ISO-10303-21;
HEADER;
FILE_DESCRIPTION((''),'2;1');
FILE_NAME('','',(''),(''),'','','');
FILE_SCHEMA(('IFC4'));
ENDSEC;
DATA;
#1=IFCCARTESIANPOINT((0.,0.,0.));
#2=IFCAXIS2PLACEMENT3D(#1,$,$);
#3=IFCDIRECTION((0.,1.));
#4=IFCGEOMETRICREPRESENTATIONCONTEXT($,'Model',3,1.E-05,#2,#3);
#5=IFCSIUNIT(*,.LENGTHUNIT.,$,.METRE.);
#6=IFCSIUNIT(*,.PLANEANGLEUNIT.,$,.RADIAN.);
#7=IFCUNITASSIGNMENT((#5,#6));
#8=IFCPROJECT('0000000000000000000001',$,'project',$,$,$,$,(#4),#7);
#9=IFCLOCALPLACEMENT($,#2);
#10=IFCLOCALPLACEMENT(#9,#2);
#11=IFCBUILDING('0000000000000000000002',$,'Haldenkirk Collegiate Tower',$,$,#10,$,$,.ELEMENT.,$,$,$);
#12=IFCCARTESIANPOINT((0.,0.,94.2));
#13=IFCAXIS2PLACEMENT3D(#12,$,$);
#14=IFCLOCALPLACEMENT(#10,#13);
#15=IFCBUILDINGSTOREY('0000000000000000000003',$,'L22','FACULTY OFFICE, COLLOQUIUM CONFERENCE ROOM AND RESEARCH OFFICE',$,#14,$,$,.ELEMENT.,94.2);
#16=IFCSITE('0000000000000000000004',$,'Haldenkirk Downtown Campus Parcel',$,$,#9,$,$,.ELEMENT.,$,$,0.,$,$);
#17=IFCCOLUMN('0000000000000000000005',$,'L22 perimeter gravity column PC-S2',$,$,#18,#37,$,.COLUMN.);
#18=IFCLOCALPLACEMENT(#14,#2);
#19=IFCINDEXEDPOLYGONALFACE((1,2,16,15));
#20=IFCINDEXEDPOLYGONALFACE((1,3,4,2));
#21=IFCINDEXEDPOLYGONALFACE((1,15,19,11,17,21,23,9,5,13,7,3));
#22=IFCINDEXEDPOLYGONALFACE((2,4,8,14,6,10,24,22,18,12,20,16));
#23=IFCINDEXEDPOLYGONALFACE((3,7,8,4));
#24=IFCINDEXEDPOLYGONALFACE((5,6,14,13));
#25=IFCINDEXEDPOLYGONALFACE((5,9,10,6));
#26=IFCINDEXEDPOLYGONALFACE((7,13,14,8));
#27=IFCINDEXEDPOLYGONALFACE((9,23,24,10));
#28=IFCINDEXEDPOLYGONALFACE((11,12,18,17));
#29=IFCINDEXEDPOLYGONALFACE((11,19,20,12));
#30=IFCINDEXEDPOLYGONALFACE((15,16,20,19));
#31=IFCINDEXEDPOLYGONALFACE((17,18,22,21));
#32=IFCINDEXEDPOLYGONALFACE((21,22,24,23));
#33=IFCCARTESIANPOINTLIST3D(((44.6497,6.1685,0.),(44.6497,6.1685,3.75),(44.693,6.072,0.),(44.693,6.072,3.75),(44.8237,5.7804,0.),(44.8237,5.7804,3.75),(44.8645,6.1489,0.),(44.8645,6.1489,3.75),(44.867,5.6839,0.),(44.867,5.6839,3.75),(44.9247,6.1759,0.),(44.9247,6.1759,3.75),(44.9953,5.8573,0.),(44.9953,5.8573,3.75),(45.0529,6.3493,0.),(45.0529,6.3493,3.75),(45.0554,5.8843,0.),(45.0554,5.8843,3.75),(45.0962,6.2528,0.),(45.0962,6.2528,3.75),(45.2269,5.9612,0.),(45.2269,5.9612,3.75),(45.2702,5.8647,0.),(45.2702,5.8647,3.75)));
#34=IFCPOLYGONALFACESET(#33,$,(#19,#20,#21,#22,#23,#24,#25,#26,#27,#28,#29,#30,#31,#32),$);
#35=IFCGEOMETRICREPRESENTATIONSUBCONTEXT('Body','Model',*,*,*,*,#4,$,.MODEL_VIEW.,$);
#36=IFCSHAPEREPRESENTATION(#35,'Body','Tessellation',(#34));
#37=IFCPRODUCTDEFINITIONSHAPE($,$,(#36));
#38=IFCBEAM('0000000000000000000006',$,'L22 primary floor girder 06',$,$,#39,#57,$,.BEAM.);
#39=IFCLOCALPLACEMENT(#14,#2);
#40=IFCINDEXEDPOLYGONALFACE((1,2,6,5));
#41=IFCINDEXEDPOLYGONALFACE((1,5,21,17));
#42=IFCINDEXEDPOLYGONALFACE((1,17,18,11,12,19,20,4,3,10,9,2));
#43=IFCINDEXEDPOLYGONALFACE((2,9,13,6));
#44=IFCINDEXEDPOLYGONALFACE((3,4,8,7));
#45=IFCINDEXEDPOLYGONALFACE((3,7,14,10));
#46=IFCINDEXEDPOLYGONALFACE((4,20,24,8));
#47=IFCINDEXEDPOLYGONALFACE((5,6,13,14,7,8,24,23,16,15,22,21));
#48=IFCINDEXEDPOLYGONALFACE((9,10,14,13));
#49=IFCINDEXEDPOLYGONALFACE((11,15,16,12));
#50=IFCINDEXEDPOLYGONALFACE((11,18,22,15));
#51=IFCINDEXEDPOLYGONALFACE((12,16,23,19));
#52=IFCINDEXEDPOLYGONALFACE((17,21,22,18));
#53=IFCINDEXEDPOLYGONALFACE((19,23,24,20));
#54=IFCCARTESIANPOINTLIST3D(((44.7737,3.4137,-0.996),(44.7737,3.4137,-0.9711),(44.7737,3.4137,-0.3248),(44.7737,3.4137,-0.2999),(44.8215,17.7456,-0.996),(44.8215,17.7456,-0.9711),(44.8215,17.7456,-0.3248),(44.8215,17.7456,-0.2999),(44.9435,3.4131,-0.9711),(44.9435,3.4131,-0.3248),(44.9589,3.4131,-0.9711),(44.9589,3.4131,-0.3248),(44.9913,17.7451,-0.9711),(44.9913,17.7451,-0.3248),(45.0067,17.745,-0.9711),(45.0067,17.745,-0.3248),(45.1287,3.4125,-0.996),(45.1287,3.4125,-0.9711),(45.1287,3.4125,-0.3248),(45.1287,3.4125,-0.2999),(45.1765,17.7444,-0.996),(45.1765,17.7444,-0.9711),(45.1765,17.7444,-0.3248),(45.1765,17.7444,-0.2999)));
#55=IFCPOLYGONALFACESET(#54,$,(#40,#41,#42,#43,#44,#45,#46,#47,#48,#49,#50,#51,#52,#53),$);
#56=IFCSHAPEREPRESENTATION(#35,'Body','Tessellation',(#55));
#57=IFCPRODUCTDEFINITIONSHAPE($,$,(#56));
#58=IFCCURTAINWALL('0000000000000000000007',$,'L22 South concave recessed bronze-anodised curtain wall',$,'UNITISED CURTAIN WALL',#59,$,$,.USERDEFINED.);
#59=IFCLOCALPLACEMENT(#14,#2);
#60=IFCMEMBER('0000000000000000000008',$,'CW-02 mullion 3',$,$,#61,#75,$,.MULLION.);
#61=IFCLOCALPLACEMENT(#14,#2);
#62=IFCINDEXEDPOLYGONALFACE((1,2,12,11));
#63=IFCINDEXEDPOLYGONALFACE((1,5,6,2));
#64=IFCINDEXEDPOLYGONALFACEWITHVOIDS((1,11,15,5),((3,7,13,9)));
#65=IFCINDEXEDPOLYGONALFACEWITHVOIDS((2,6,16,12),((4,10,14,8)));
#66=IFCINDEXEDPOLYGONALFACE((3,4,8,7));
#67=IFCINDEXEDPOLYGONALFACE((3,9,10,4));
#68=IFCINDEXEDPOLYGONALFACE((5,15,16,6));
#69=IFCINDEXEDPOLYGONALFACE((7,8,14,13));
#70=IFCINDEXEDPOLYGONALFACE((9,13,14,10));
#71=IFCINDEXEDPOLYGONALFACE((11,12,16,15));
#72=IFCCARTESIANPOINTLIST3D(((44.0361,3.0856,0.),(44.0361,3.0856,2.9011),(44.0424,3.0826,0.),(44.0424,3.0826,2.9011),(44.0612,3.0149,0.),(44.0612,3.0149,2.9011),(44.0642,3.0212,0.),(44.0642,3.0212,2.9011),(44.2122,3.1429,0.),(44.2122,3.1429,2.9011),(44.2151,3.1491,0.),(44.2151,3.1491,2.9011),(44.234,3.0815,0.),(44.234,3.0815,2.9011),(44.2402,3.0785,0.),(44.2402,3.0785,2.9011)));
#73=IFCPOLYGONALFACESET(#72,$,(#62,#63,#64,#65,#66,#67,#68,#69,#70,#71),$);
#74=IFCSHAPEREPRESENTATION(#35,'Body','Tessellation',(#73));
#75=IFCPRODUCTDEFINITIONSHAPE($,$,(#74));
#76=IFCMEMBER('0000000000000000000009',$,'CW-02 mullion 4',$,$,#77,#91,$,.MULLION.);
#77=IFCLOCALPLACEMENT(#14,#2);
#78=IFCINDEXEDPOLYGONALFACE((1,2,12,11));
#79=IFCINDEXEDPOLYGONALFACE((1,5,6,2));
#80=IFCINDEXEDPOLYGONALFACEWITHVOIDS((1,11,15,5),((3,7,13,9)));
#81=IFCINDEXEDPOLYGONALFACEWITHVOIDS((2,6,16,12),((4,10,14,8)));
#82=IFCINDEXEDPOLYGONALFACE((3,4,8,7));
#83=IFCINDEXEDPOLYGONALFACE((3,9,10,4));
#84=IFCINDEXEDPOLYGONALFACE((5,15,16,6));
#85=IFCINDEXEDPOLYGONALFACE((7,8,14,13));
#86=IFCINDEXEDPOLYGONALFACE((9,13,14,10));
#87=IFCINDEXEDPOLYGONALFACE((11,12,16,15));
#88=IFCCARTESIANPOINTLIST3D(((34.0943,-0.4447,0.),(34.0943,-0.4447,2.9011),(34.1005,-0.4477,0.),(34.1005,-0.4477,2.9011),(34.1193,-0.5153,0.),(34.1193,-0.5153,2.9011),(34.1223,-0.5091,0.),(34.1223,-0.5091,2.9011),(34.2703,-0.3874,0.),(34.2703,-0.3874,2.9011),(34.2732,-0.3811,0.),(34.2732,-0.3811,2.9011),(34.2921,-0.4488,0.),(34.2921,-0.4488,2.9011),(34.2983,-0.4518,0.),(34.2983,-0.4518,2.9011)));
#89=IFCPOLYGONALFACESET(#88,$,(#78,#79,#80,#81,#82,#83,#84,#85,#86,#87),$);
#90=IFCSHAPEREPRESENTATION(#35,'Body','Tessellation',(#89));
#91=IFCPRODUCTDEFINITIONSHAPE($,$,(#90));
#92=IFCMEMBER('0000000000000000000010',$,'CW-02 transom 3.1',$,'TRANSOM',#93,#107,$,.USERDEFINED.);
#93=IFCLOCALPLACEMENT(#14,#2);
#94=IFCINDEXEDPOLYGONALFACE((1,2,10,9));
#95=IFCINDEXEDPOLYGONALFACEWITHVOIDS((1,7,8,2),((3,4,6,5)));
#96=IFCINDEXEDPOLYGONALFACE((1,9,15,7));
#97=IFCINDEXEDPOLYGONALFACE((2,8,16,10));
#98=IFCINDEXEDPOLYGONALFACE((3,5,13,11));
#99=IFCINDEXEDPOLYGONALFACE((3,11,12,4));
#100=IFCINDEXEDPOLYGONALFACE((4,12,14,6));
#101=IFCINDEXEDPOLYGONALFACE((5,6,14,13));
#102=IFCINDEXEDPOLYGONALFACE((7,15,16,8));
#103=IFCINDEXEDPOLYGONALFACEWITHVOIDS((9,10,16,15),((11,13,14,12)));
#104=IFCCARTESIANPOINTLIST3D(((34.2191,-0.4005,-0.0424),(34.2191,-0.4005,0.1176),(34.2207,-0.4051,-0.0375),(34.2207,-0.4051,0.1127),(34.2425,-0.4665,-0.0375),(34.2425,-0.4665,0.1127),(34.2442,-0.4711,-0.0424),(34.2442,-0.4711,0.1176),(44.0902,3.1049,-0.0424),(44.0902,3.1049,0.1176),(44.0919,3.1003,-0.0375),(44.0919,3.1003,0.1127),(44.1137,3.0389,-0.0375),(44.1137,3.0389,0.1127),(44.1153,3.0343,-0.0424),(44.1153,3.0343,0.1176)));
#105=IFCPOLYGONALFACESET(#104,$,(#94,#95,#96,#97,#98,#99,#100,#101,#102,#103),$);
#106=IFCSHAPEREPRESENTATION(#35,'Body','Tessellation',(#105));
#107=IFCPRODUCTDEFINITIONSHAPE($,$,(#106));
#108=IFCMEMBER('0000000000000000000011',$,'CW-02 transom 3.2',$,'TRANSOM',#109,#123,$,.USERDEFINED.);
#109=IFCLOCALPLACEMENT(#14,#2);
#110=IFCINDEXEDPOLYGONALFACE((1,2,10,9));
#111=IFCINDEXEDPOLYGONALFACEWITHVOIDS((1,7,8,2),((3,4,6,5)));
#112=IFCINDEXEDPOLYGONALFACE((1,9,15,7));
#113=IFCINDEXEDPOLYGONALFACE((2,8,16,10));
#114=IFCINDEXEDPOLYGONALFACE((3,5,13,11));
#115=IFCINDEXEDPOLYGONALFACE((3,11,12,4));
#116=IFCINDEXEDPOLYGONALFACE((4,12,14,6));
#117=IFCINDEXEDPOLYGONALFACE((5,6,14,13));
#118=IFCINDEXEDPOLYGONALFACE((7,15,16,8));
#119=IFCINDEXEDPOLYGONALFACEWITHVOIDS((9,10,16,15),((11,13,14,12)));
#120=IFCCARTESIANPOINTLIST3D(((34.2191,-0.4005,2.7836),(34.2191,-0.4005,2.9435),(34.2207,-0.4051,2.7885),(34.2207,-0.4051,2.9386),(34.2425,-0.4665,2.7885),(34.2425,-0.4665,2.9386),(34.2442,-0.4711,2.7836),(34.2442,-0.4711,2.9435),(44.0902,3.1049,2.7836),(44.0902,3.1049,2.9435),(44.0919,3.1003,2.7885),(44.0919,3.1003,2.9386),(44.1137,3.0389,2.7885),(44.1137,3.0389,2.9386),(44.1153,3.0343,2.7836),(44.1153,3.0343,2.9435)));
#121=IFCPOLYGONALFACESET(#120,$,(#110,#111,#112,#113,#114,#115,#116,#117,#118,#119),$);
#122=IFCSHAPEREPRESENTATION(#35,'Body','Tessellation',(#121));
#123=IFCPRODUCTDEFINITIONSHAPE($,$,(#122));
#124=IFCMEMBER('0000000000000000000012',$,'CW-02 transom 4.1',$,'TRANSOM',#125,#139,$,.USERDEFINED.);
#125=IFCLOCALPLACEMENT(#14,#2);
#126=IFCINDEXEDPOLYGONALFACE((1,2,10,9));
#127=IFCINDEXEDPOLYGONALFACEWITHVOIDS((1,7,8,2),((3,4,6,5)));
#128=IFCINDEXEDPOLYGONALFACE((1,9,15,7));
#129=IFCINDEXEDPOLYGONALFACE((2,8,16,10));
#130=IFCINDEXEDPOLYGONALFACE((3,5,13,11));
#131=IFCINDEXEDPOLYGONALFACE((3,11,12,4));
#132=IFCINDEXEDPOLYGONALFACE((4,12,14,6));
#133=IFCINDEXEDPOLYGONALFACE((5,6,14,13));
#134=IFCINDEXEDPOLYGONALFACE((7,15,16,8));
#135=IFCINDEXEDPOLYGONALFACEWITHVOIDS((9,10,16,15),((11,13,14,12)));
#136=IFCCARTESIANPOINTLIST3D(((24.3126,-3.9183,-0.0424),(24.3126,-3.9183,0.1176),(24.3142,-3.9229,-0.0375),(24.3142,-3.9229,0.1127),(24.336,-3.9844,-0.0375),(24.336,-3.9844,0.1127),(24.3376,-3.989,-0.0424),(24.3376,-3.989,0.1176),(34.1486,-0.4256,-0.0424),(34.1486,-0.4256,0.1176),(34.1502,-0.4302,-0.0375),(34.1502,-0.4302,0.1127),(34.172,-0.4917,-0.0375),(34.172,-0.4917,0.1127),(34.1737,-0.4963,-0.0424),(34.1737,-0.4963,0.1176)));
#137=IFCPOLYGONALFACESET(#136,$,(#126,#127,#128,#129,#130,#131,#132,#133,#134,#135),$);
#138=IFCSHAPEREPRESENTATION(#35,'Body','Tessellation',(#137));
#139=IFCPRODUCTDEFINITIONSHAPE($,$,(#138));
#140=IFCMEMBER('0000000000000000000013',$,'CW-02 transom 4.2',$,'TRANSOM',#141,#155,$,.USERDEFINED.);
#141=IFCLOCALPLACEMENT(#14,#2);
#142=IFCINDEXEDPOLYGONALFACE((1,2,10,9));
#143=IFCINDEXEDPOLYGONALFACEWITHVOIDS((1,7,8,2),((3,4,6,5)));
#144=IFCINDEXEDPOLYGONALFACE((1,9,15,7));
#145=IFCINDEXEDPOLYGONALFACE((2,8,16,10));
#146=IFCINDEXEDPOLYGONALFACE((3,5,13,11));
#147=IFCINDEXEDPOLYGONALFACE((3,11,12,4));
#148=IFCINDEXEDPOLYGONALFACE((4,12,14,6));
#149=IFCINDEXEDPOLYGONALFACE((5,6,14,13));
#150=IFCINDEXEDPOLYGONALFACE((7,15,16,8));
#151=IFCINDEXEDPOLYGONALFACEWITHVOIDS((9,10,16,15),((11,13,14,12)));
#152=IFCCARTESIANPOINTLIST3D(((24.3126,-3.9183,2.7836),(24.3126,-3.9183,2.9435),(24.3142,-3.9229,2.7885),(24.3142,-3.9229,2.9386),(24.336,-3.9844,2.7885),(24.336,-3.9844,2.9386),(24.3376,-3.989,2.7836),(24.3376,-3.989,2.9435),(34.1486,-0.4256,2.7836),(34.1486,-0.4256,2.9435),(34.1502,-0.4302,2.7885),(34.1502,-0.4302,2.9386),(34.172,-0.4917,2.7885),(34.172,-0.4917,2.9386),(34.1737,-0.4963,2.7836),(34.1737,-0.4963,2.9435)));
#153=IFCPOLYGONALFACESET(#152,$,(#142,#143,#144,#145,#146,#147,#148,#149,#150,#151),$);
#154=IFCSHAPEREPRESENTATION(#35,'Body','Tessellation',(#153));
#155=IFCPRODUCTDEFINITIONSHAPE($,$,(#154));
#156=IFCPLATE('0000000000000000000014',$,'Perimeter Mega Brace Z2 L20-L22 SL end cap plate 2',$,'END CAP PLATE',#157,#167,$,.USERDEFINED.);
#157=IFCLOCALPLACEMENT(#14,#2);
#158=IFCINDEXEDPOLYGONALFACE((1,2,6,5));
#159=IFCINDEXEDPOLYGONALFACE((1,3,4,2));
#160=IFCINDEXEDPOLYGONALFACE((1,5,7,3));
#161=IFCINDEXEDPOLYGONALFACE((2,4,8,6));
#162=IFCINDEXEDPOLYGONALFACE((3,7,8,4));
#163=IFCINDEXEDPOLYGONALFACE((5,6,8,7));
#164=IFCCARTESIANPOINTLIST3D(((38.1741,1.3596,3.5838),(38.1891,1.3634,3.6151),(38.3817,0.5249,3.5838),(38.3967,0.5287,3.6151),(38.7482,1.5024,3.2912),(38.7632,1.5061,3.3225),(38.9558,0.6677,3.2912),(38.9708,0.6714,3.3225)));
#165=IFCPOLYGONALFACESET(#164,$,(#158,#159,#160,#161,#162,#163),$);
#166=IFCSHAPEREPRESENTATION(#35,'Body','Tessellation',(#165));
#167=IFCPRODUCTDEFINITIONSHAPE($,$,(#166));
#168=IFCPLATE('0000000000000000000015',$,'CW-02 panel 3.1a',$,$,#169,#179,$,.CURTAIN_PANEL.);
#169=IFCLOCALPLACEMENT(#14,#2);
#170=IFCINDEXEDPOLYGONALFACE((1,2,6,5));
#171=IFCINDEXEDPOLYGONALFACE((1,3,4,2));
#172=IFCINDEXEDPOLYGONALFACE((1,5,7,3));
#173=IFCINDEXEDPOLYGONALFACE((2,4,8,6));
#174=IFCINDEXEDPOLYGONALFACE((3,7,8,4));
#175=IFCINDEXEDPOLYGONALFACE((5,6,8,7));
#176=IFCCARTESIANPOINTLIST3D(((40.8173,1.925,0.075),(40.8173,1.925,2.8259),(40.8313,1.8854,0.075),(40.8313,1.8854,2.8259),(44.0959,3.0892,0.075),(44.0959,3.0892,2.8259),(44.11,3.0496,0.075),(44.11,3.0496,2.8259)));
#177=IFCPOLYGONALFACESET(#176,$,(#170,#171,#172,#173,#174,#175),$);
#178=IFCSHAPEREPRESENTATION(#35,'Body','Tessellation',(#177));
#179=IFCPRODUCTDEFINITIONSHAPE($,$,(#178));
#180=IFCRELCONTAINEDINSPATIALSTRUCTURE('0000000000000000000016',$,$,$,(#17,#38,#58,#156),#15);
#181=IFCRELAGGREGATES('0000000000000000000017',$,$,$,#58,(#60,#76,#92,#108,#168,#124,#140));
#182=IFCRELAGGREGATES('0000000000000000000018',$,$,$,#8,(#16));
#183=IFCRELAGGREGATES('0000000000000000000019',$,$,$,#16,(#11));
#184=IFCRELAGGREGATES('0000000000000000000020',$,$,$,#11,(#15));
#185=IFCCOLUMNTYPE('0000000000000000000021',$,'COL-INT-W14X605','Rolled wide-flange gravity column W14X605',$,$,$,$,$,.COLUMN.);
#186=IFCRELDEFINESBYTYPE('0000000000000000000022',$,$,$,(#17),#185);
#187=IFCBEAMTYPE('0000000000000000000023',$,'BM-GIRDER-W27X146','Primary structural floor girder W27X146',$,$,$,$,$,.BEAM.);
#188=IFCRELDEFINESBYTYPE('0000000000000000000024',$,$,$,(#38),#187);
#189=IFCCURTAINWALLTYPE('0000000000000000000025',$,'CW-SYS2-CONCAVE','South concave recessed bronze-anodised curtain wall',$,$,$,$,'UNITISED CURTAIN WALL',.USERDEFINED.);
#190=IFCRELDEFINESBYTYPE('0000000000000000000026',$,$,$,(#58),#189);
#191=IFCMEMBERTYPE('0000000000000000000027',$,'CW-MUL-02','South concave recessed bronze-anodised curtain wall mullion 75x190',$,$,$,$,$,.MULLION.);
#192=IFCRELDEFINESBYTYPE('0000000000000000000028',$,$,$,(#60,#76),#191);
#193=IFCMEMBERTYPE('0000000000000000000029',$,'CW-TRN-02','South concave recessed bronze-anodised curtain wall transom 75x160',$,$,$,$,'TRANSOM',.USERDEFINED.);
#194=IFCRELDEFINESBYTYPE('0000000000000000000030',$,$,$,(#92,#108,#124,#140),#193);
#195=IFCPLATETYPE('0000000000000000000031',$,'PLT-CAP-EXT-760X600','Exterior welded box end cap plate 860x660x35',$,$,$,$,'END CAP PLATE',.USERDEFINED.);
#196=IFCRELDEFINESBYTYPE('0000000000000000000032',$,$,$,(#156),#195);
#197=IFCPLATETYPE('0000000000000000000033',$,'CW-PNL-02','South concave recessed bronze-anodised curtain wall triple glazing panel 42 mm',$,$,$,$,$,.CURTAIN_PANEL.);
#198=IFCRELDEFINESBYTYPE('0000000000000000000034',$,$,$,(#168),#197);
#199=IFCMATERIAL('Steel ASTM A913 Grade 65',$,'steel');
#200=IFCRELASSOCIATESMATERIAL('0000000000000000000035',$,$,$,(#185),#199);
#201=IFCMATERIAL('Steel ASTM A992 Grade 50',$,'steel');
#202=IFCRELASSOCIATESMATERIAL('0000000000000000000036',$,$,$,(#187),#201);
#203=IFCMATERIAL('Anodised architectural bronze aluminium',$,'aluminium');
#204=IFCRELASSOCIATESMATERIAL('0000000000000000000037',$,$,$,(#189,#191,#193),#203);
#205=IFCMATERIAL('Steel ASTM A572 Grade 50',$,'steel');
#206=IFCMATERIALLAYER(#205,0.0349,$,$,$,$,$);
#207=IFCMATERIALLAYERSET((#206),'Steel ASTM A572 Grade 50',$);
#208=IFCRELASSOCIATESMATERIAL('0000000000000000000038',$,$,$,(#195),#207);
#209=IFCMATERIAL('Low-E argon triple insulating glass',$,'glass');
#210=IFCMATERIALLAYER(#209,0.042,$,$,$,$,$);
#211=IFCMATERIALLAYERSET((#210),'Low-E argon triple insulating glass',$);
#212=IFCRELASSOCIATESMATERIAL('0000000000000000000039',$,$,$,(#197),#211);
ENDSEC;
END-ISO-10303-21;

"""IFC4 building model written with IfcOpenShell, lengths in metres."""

from ifc_helpers import new_model, si_unit, direction, frame, origin, origin_2d, place, context, subcontext, project, spatial, rectangle, hollow_rectangle, i_section, extrude, source, transform, mapped, material, layer, layer_set, material_profile, profile_set, type_object, element, aggregate, save


model = new_model("IFC4")

# Units and contexts
model_context = context("Model", 3, precision=1e-05, world=origin(), true_north=direction((0.0, 1.0)))
body_context = subcontext(model_context, "Body", "Model", "MODEL_VIEW")
ifc_project = project(units=[si_unit("LENGTHUNIT", "METRE"), si_unit("PLANEANGLEUNIT", "RADIAN")], contexts=[model_context])

# Site, building, storey
site_placement = place(None, origin())
site = spatial("IfcSite", under=ifc_project, at=site_placement, Name="Haldenkirk Downtown Campus Parcel", CompositionType="ELEMENT", RefElevation=0.0)
building_placement = place(site_placement, origin())
building = spatial("IfcBuilding", under=site, at=building_placement, Name="Haldenkirk Collegiate Tower", CompositionType="ELEMENT")
storey_placement = place(building_placement, frame((0.0, 0.0, 94.2)))
storey = spatial("IfcBuildingStorey", under=building, at=storey_placement, Name="L22", Description="FACULTY OFFICE, COLLOQUIUM CONFERENCE ROOM AND RESEARCH OFFICE", CompositionType="ELEMENT", Elevation=94.2)

# Column
ifc_material_1 = material(Name="Steel ASTM A913 Grade 65", Category="steel")
ifc_material_profile_1 = material_profile(ifc_material_1, i_section(OverallWidth=0.4419, OverallDepth=0.531, WebThickness=0.0659, FlangeThickness=0.1057, at=origin_2d()), Name="W14X605")
ifc_profile_set_1 = profile_set([ifc_material_profile_1], Name="Steel ASTM A913 Grade 65")
column_type = type_object("IfcColumnType", Name="COL-INT-W14X605", Description="Rolled wide-flange gravity column W14X605", PredefinedType="COLUMN", material=ifc_profile_set_1)
column_placement = place(storey_placement, frame((44.96, 6.0166, 0.0), z_axis=(0.0, 0.0, 1.0), x_axis=(0.912477, 0.409127, 0.0)))
element("IfcColumn", 1, at=column_placement, inside=storey, type_object=column_type, Name="L22 perimeter gravity column PC-S2", PredefinedType="COLUMN", context=body_context, shape_type="SweptSolid", body=[
    extrude(i_section(OverallWidth=0.4419, OverallDepth=0.531, WebThickness=0.0659, FlangeThickness=0.1057, at=origin_2d()), origin(), (0.0, 0.0, 1.0), 3.75),
])

# Beam
ifc_material_2 = material(Name="Steel ASTM A992 Grade 50", Category="steel")
ifc_material_profile_2 = material_profile(ifc_material_2, i_section(OverallWidth=0.355, OverallDepth=0.696, WebThickness=0.0154, FlangeThickness=0.0249, at=origin_2d()), Name="W27X146")
ifc_profile_set_2 = profile_set([ifc_material_profile_2], Name="Steel ASTM A992 Grade 50")
beam_type = type_object("IfcBeamType", Name="BM-GIRDER-W27X146", Description="Primary structural floor girder W27X146", PredefinedType="BEAM", material=ifc_profile_set_2)
beam_placement = place(storey_placement, frame((44.9512, 3.4131, -0.6479), z_axis=(0.003339, 0.999994, 0.0), x_axis=(-0.999994, 0.003339, 0.0)))
element("IfcBeam", 2, at=beam_placement, inside=storey, type_object=beam_type, Name="L22 primary floor girder 06", PredefinedType="BEAM", context=body_context, shape_type="SweptSolid", body=[
    extrude(i_section(OverallWidth=0.355, OverallDepth=0.696, WebThickness=0.0154, FlangeThickness=0.0249, at=origin_2d()), origin(), (0.0, 0.0, 1.0), 14.332),
])

# Curtain wall, members
ifc_material_3 = material(Name="Anodised architectural bronze aluminium", Category="aluminium")
curtain_wall_type = type_object("IfcCurtainWallType", Name="CW-SYS2-CONCAVE", Description="South concave recessed bronze-anodised curtain wall", ElementType="UNITISED CURTAIN WALL", PredefinedType="USERDEFINED", material=ifc_material_3)
curtain_wall_placement = place(storey_placement, origin())
curtain_wall = element("IfcCurtainWall", 3, at=curtain_wall_placement, inside=storey, type_object=curtain_wall_type, Name="L22 South concave recessed bronze-anodised curtain wall", ObjectType="UNITISED CURTAIN WALL", PredefinedType="USERDEFINED")
ifc_material_profile_3 = material_profile(ifc_material_3, hollow_rectangle(XDim=0.075, YDim=0.1899, WallThickness=0.0049, at=origin_2d()), Name="CW-MUL-02")
ifc_profile_set_3 = profile_set([ifc_material_profile_3], Name="Anodised architectural bronze aluminium")
member_type_1 = type_object("IfcMemberType", Name="CW-MUL-02", Description="South concave recessed bronze-anodised curtain wall mullion 75x190", PredefinedType="MULLION", material=ifc_profile_set_3)
member_1_placement = place(storey_placement, frame((44.1382, 3.082, 0.0), z_axis=(0.0, 0.0, 1.0), x_axis=(0.334628, -0.94235, 0.0)))
member_1 = element("IfcMember", 4, at=member_1_placement, type_object=member_type_1, Name="CW-02 mullion 3", PredefinedType="MULLION", context=body_context, shape_type="SweptSolid", body=[
    extrude(hollow_rectangle(XDim=0.075, YDim=0.1899, WallThickness=0.0049, at=origin_2d()), origin(), (0.0, 0.0, 1.0), 2.9011),
])
member_2_placement = place(storey_placement, frame((34.1963, -0.4482, 0.0), z_axis=(0.0, 0.0, 1.0), x_axis=(0.334628, -0.94235, 0.0)))
member_2 = element("IfcMember", 5, at=member_2_placement, type_object=member_type_1, Name="CW-02 mullion 4", PredefinedType="MULLION", context=body_context, shape_type="SweptSolid", body=[
    extrude(hollow_rectangle(XDim=0.075, YDim=0.1899, WallThickness=0.0049, at=origin_2d()), origin(), (0.0, 0.0, 1.0), 2.9011),
])
ifc_material_profile_4 = material_profile(ifc_material_3, hollow_rectangle(XDim=0.075, YDim=0.1599, WallThickness=0.0049, at=origin_2d()), Name="CW-TRN-02")
ifc_profile_set_4 = profile_set([ifc_material_profile_4], Name="Anodised architectural bronze aluminium")
member_type_2 = type_object("IfcMemberType", Name="CW-TRN-02", Description="South concave recessed bronze-anodised curtain wall transom 75x160", ElementType="TRANSOM", PredefinedType="USERDEFINED", material=ifc_profile_set_4)
member_3_placement = place(storey_placement, frame((44.1028, 3.0696, 0.0376), z_axis=(-0.942346, -0.334641, 0.0), x_axis=(0.334641, -0.942346, 0.0)))
member_3 = element("IfcMember", 6, at=member_3_placement, type_object=member_type_2, Name="CW-02 transom 3.1", ObjectType="TRANSOM", PredefinedType="USERDEFINED", context=body_context, shape_type="SweptSolid", body=[
    extrude(hollow_rectangle(XDim=0.075, YDim=0.1599, WallThickness=0.0049, at=origin_2d()), origin(), (0.0, 0.0, 1.0), 10.4751),
])
member_4_placement = place(storey_placement, frame((44.1028, 3.0696, 2.8635), z_axis=(-0.942346, -0.334641, 0.0), x_axis=(0.334641, -0.942346, 0.0)))
member_4 = element("IfcMember", 7, at=member_4_placement, type_object=member_type_2, Name="CW-02 transom 3.2", ObjectType="TRANSOM", PredefinedType="USERDEFINED", context=body_context, shape_type="SweptSolid", body=[
    extrude(hollow_rectangle(XDim=0.075, YDim=0.1599, WallThickness=0.0049, at=origin_2d()), origin(), (0.0, 0.0, 1.0), 10.4751),
])
member_5_placement = place(storey_placement, frame((34.1611, -0.4609, 0.0376), z_axis=(-0.942352, -0.334623, 0.0), x_axis=(0.334623, -0.942352, 0.0)))
member_5 = element("IfcMember", 8, at=member_5_placement, type_object=member_type_2, Name="CW-02 transom 4.1", ObjectType="TRANSOM", PredefinedType="USERDEFINED", context=body_context, shape_type="SweptSolid", body=[
    extrude(hollow_rectangle(XDim=0.075, YDim=0.1599, WallThickness=0.0049, at=origin_2d()), origin(), (0.0, 0.0, 1.0), 10.4377),
])
member_6_placement = place(storey_placement, frame((34.1611, -0.4609, 2.8635), z_axis=(-0.942352, -0.334623, 0.0), x_axis=(0.334623, -0.942352, 0.0)))
member_6 = element("IfcMember", 9, at=member_6_placement, type_object=member_type_2, Name="CW-02 transom 4.2", ObjectType="TRANSOM", PredefinedType="USERDEFINED", context=body_context, shape_type="SweptSolid", body=[
    extrude(hollow_rectangle(XDim=0.075, YDim=0.1599, WallThickness=0.0049, at=origin_2d()), origin(), (0.0, 0.0, 1.0), 10.4377),
])

# Plates
ifc_material_4 = material(Name="Steel ASTM A572 Grade 50", Category="steel")
ifc_layer_1 = layer(ifc_material_4, 0.0349)
ifc_layer_set_1 = layer_set([ifc_layer_1], Name="Steel ASTM A572 Grade 50")
plate_type_1 = type_object("IfcPlateType", Name="PLT-CAP-EXT-760X600", Description="Exterior welded box end cap plate 860x660x35", ElementType="END CAP PLATE", PredefinedType="USERDEFINED", material=ifc_layer_set_1)
shared_shape_1 = source(origin(), body_context, "Body", "SweptSolid", [
    extrude(rectangle(XDim=0.8601, YDim=0.6599, at=origin_2d()), origin(), (0.0, 0.0, 1.0), 0.0349),
])
plate_1_placement = place(storey_placement, frame((38.5649, 1.0137, 3.4375), z_axis=(0.430187, 0.106988, 0.896377), x_axis=(-0.241349, 0.970438, 0.0)))
element("IfcPlate", 10, at=plate_1_placement, inside=storey, type_object=plate_type_1, Name="Perimeter Mega Brace Z2 L20-L22 SL end cap plate 2", ObjectType="END CAP PLATE", PredefinedType="USERDEFINED", context=body_context, shape_type="MappedRepresentation", body=[
    mapped(shared_shape_1, transform((0.0, 0.0, 0.0), x_axis=(1.0, 0.0, 0.0), y_axis=(0.0, 1.0, 0.0), z_axis=(0.0, 0.0, 1.0), scale=1.0)),
])
ifc_material_5 = material(Name="Low-E argon triple insulating glass", Category="glass")
ifc_layer_2 = layer(ifc_material_5, 0.042)
ifc_layer_set_2 = layer_set([ifc_layer_2], Name="Low-E argon triple insulating glass")
plate_type_2 = type_object("IfcPlateType", Name="CW-PNL-02", Description="South concave recessed bronze-anodised curtain wall triple glazing panel 42 mm", PredefinedType="CURTAIN_PANEL", material=ifc_layer_set_2)
shared_shape_2 = source(origin(), body_context, "Body", "SweptSolid", [
    extrude(rectangle(XDim=3.4792, YDim=0.042, at=origin_2d()), origin(), (0.0, 0.0, 1.0), 2.751),
])
plate_2_placement = place(storey_placement, frame((42.4636, 2.4873, 0.075), z_axis=(0.0, 0.0, 1.0), x_axis=(-0.94235, -0.334628, 0.0)))
plate_2 = element("IfcPlate", 11, at=plate_2_placement, type_object=plate_type_2, Name="CW-02 panel 3.1a", PredefinedType="CURTAIN_PANEL", context=body_context, shape_type="MappedRepresentation", body=[
    mapped(shared_shape_2, transform((0.0, 0.0, 0.0), x_axis=(1.0, 0.0, 0.0), y_axis=(0.0, 1.0, 0.0), z_axis=(0.0, 0.0, 1.0), scale=1.0)),
])
aggregate(curtain_wall, [member_1, member_2, member_3, member_4, plate_2, member_5, member_6])

save(model, "model.ifc")
